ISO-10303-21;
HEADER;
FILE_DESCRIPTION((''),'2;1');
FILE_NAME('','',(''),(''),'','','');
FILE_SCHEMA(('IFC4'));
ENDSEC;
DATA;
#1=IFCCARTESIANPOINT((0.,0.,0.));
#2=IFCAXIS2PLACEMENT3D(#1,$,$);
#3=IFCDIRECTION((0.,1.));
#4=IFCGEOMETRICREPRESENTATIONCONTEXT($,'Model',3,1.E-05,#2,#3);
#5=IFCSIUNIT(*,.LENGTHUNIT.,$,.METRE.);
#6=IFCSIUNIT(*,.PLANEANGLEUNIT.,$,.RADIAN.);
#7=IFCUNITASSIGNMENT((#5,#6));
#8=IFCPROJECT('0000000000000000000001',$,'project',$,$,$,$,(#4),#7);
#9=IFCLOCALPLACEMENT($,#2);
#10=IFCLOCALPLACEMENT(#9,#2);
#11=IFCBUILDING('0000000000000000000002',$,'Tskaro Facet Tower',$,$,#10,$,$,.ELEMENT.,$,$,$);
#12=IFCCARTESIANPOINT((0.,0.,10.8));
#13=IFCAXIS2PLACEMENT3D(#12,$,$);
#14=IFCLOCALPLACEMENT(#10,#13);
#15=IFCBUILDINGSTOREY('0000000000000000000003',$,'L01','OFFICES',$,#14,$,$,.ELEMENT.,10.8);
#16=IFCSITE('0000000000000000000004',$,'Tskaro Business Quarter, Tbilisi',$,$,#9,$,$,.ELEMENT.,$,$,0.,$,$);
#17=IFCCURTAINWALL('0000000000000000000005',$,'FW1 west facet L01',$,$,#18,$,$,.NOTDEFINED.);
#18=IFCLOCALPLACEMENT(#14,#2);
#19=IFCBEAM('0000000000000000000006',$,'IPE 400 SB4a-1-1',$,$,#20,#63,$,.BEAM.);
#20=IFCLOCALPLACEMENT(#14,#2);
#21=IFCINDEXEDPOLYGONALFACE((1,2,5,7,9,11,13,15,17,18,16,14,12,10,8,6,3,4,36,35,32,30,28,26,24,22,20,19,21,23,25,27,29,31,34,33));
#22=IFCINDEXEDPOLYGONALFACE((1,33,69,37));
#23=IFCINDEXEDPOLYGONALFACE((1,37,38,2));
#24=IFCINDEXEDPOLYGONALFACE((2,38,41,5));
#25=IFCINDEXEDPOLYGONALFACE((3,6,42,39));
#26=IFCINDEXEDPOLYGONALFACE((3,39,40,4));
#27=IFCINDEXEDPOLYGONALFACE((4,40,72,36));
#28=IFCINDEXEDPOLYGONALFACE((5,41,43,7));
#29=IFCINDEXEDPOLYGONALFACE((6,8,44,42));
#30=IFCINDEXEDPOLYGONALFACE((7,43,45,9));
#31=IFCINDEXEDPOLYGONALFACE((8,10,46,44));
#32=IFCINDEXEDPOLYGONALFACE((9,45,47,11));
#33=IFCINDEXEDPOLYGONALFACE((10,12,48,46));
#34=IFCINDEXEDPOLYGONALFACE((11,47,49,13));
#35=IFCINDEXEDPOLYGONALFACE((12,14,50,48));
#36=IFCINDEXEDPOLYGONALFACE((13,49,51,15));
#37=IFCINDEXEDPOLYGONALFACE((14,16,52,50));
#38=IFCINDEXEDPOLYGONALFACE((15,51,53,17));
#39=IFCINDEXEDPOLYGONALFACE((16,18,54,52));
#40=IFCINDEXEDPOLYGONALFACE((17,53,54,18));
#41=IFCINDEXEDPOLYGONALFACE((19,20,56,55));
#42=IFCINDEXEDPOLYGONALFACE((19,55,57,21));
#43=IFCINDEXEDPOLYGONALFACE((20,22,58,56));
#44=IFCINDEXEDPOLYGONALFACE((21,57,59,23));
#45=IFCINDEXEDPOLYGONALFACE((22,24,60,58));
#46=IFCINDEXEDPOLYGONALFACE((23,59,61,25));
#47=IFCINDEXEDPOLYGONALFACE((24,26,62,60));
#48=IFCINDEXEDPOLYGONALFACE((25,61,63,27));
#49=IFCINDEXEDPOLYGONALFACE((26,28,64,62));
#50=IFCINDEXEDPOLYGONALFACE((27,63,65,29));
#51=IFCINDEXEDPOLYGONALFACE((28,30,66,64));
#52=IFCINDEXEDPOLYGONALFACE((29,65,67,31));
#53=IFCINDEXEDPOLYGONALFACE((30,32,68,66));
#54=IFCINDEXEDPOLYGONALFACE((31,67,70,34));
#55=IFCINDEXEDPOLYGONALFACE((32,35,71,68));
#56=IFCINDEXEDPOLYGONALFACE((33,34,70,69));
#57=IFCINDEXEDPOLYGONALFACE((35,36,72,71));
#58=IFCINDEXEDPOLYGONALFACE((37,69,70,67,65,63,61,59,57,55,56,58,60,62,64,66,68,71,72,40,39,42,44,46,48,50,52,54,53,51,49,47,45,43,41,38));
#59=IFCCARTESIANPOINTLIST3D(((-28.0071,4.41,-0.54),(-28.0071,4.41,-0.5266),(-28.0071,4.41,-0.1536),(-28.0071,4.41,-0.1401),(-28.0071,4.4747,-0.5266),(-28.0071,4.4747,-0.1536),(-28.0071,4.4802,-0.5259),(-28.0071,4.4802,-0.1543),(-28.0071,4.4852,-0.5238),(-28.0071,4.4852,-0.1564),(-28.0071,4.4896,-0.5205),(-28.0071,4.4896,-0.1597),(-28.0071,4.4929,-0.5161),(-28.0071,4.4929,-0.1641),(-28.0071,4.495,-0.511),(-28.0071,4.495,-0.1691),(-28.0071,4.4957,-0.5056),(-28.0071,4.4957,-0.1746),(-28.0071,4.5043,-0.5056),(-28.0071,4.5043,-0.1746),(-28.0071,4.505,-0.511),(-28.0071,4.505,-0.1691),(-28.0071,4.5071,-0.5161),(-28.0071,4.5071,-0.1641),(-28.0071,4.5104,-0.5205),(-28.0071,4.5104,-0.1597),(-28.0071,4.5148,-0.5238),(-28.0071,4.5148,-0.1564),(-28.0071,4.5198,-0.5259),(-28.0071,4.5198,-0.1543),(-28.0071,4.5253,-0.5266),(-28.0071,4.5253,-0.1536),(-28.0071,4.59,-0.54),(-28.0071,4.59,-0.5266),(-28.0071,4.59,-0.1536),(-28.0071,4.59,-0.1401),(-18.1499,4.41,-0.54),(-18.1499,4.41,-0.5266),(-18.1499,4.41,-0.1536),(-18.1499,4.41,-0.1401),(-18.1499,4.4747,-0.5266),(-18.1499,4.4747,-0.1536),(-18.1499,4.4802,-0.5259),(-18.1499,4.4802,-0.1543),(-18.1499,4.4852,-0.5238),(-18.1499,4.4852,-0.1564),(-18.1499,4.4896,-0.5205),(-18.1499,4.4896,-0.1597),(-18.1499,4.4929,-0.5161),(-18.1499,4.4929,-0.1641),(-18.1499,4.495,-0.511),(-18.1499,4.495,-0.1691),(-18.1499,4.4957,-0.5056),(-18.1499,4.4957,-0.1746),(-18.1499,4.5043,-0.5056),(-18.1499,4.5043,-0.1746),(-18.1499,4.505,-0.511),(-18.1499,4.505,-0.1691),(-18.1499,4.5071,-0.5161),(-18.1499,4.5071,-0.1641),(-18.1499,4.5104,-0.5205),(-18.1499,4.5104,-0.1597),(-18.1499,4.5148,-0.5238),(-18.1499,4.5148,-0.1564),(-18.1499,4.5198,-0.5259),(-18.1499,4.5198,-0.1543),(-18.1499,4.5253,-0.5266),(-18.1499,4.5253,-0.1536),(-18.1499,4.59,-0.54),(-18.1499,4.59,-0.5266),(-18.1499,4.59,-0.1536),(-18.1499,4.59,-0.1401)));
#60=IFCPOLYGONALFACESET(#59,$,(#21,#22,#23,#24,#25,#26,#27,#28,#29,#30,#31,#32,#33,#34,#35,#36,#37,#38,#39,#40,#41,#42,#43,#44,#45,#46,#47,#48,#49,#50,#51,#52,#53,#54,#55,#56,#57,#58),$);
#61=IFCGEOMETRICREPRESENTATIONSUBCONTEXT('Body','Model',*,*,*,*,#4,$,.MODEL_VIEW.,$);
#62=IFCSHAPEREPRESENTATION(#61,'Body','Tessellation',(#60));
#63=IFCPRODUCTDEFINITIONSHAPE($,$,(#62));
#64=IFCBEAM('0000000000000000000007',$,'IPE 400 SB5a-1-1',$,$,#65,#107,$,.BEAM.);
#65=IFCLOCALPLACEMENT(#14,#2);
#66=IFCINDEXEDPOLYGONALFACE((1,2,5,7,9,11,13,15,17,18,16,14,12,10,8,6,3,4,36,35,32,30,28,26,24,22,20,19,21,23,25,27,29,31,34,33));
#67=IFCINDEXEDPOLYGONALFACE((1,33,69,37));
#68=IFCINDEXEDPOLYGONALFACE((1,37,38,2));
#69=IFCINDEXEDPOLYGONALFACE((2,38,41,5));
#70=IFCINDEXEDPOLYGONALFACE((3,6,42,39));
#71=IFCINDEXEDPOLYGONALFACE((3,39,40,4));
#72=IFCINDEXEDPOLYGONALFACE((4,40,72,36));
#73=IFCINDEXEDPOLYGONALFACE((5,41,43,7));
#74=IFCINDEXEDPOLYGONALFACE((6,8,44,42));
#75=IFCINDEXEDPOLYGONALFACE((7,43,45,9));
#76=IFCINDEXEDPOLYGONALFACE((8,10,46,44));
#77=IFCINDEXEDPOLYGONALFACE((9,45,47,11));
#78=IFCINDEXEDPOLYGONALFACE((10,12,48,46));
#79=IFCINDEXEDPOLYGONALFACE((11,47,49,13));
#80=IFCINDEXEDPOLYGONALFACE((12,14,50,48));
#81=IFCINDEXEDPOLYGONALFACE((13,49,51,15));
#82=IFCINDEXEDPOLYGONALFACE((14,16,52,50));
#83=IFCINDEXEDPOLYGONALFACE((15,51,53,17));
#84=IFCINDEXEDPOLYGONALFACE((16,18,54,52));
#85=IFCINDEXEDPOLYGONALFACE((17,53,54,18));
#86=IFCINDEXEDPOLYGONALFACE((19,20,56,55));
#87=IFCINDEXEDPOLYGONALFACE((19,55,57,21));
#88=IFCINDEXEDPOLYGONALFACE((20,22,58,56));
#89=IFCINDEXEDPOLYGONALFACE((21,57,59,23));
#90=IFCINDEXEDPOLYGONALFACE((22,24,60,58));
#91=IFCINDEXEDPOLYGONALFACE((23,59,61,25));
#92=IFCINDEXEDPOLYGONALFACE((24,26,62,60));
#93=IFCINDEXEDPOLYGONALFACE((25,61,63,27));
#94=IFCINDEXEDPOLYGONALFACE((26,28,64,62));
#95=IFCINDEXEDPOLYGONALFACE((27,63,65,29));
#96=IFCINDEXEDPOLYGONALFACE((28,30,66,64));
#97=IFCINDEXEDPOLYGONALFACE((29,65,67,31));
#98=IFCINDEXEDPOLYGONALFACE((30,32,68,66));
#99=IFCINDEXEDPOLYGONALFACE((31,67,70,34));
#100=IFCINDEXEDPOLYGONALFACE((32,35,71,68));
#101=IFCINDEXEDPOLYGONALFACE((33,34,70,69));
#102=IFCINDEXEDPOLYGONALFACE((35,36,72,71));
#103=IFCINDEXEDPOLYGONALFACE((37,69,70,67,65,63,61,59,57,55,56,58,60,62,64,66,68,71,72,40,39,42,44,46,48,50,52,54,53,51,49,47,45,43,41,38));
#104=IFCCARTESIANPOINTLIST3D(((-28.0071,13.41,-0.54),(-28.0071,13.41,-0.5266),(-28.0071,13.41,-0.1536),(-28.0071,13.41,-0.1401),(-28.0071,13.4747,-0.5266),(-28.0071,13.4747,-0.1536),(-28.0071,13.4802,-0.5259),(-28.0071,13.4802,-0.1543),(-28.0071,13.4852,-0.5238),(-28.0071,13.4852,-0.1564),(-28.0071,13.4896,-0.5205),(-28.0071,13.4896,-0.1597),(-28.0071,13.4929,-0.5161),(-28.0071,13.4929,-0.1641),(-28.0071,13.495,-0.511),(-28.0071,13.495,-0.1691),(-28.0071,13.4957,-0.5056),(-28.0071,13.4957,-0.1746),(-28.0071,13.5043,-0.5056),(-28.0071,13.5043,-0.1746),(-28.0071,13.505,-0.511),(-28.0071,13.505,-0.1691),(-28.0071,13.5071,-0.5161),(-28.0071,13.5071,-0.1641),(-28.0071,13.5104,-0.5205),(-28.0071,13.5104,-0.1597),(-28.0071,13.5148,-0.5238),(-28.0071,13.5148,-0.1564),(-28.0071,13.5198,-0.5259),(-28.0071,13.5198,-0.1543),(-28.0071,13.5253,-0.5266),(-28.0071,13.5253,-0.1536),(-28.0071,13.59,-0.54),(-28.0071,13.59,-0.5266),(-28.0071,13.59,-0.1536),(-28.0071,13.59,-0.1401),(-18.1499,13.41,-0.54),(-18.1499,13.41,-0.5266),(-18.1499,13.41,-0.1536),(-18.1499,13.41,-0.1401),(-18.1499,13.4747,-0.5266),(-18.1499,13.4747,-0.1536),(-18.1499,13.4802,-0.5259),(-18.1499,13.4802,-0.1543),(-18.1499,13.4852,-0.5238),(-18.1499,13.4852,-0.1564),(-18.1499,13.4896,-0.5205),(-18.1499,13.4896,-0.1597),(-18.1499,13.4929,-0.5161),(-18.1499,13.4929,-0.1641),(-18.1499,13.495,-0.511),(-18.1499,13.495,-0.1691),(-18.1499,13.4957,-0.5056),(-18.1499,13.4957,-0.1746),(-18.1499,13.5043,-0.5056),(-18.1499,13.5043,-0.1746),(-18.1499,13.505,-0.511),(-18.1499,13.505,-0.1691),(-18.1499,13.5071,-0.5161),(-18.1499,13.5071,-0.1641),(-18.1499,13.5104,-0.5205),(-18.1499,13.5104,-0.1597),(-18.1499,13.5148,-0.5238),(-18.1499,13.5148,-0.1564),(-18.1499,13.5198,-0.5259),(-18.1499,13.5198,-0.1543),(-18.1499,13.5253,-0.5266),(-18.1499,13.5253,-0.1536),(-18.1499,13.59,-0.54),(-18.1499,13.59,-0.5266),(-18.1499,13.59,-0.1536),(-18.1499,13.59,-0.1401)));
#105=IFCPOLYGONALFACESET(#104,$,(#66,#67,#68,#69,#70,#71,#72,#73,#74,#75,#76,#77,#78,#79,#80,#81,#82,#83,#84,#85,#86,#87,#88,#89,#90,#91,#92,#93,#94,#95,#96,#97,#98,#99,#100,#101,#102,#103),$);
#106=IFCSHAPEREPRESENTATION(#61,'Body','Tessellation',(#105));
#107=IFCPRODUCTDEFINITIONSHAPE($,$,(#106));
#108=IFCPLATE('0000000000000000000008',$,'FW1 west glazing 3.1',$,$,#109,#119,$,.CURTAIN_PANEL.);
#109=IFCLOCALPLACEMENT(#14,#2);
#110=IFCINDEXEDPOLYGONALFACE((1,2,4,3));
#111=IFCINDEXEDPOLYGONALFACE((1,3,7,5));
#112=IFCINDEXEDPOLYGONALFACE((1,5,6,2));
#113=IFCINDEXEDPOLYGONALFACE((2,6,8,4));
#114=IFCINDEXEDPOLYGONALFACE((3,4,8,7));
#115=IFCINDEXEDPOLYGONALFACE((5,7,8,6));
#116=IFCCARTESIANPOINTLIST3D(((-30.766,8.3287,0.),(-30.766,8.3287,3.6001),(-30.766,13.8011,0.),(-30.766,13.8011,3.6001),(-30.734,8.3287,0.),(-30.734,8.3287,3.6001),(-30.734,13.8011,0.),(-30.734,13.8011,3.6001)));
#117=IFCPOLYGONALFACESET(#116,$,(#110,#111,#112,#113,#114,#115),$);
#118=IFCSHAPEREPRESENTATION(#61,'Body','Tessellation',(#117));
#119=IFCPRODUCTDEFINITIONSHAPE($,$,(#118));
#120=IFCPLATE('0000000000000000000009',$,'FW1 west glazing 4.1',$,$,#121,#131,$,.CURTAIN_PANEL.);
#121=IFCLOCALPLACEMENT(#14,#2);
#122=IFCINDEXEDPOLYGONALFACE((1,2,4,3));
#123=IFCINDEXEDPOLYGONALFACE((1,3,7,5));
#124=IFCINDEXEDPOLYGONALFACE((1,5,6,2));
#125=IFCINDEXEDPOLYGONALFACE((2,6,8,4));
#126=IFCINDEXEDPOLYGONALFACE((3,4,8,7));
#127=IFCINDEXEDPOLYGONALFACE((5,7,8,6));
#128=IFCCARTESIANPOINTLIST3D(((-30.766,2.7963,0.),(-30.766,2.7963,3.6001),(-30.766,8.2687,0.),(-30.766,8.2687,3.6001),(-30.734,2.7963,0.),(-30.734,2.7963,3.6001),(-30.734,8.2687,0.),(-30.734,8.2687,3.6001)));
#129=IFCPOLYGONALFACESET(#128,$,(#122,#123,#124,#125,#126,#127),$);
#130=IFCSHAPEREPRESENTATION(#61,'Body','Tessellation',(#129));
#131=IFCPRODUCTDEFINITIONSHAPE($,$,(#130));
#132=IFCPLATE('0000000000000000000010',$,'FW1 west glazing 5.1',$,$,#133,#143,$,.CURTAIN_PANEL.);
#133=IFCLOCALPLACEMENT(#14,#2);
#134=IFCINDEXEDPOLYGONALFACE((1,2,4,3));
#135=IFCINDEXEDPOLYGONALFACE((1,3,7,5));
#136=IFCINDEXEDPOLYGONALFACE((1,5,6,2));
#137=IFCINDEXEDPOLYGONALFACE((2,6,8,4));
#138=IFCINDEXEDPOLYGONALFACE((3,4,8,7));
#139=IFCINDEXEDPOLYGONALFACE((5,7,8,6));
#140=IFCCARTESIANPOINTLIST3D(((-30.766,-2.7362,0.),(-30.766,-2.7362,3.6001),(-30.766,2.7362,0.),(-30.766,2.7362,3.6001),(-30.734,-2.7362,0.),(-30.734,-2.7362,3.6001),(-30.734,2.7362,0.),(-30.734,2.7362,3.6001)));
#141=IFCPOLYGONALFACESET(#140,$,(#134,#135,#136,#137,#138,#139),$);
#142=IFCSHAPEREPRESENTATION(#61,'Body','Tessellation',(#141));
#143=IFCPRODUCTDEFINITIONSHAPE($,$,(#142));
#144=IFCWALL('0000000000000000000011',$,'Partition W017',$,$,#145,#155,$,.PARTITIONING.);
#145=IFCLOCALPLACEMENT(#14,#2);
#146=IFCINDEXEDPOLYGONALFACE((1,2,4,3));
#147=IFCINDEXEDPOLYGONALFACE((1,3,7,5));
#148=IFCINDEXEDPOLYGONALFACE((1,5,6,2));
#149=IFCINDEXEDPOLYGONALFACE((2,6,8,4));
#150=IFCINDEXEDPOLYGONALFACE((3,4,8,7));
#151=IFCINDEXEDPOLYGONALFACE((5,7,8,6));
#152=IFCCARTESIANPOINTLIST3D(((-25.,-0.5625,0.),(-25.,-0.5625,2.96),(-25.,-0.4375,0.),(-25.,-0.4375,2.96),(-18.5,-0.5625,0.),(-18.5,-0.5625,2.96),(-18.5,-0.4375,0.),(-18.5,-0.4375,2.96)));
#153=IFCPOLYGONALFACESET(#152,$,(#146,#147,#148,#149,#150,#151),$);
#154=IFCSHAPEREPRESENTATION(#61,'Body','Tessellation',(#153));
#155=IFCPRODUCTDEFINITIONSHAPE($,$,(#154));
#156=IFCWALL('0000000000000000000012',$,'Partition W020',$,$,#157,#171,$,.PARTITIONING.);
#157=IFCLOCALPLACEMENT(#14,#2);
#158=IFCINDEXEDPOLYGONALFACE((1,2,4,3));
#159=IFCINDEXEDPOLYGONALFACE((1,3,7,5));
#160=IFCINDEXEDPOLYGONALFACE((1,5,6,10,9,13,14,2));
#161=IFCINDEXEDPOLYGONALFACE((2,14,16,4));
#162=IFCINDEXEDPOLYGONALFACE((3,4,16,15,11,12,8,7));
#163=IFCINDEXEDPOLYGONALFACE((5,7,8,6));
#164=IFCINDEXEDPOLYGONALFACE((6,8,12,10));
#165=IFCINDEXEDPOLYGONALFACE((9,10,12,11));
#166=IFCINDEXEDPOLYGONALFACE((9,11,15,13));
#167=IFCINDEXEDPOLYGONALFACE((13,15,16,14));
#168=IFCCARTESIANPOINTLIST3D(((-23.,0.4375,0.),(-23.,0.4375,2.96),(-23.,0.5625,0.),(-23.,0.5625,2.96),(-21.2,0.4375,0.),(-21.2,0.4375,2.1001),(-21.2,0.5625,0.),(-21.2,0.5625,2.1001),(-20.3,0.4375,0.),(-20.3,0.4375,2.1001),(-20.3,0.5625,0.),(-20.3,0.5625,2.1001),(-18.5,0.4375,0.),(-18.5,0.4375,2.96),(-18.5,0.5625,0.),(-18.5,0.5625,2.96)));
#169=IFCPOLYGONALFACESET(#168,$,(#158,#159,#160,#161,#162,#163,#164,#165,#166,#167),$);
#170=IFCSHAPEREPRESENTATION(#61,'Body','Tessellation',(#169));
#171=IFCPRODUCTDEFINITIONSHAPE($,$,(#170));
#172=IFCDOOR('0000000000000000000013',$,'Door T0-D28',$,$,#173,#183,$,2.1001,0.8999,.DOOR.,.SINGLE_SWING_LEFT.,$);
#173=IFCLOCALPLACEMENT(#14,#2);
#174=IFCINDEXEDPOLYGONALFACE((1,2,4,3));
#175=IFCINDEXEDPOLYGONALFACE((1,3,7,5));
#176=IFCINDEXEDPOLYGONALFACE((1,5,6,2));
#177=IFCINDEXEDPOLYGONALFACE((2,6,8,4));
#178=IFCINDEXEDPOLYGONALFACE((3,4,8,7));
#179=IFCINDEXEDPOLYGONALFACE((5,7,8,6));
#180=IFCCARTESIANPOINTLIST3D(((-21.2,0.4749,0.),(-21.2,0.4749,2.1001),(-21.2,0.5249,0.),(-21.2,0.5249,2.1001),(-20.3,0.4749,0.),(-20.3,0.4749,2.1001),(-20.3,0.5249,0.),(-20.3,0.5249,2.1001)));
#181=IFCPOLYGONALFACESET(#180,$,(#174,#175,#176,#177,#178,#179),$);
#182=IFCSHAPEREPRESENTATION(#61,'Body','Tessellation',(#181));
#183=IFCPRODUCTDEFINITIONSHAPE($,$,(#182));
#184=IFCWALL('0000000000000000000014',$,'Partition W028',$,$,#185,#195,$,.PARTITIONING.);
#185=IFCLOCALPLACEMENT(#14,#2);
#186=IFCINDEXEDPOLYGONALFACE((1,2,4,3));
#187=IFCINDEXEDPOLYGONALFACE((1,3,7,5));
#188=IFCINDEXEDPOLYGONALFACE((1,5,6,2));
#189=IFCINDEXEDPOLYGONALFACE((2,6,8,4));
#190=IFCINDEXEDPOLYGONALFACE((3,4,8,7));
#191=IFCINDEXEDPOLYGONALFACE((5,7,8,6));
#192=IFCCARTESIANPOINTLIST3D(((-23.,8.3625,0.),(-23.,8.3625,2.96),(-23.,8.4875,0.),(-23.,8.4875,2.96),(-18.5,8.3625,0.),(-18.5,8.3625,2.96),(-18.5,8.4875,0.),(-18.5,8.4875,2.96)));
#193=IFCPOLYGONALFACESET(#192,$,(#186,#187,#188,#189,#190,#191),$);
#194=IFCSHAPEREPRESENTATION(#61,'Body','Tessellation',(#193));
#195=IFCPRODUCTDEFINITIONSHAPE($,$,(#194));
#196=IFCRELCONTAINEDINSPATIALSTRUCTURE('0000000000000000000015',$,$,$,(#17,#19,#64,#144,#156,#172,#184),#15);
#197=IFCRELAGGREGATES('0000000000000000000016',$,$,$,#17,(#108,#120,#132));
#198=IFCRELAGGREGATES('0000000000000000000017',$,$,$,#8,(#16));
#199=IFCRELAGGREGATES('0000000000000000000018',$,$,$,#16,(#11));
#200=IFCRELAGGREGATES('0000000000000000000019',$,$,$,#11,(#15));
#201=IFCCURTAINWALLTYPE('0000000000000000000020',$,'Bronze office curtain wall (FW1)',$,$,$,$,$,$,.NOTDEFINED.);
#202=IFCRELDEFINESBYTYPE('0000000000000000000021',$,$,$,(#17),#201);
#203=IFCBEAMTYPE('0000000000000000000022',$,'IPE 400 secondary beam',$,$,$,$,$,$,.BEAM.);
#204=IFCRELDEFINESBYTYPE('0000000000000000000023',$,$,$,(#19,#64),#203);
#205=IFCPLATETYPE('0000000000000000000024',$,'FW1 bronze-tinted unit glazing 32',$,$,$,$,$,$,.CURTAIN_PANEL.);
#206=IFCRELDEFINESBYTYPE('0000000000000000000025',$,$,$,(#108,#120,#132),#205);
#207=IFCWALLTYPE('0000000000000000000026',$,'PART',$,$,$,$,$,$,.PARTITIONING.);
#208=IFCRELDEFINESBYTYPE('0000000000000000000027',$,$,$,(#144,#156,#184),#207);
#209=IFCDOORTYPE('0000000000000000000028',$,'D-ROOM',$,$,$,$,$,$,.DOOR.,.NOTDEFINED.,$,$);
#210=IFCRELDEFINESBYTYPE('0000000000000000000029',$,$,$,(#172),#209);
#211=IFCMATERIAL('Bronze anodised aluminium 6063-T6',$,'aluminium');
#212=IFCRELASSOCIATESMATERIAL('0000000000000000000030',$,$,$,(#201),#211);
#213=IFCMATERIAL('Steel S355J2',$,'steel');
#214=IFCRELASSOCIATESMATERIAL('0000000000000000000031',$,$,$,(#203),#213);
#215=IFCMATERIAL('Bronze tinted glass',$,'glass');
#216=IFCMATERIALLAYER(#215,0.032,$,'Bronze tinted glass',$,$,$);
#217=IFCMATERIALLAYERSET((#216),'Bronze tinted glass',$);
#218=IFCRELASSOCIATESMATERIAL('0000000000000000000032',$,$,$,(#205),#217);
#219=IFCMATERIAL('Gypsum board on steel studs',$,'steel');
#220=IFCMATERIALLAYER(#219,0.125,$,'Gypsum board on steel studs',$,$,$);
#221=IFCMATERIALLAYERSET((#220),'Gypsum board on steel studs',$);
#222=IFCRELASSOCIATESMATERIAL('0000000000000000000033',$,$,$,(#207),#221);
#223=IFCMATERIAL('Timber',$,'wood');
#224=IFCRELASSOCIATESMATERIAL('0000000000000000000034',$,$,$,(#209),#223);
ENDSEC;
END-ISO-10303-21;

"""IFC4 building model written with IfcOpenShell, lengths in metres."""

from ifc_helpers import new_model, si_unit, direction, frame, frame_2d, origin, origin_2d, place, context, subcontext, project, spatial, rectangle, i_section, extrude, material, layer, layer_set, material_profile, profile_set, type_object, element, fill, aggregate, save


model = new_model("IFC4")

# Units and contexts
model_context = context("Model", 3, precision=1e-05, world=origin(), true_north=direction((0.0, 1.0)))
body_context = subcontext(model_context, "Body", "Model", "MODEL_VIEW")
ifc_project = project(units=[si_unit("LENGTHUNIT", "METRE"), si_unit("PLANEANGLEUNIT", "RADIAN")], contexts=[model_context])

# Site, building, storey
site_placement = place(None, origin())
site = spatial("IfcSite", under=ifc_project, at=site_placement, Name="Tskaro Business Quarter, Tbilisi", CompositionType="ELEMENT", RefElevation=0.0)
building_placement = place(site_placement, origin())
building = spatial("IfcBuilding", under=site, at=building_placement, Name="Tskaro Facet Tower", CompositionType="ELEMENT")
storey_placement = place(building_placement, frame((0.0, 0.0, 10.8)))
storey = spatial("IfcBuildingStorey", under=building, at=storey_placement, Name="L01", Description="OFFICES", CompositionType="ELEMENT", Elevation=10.8)

# Curtain wall
ifc_material_1 = material(Name="Bronze anodised aluminium 6063-T6", Category="aluminium")
curtain_wall_type = type_object("IfcCurtainWallType", Name="Bronze office curtain wall (FW1)", PredefinedType="NOTDEFINED", material=ifc_material_1)
curtain_wall_placement = place(storey_placement, origin())
curtain_wall = element("IfcCurtainWall", 1, at=curtain_wall_placement, inside=storey, type_object=curtain_wall_type, Name="FW1 west facet L01", PredefinedType="NOTDEFINED")

# Beams
ifc_material_2 = material(Name="Steel S355J2", Category="steel")
ifc_material_profile_1 = material_profile(ifc_material_2, i_section(OverallWidth=0.1799, OverallDepth=0.3999, WebThickness=0.0085, FlangeThickness=0.0134, FilletRadius=0.021, at=origin_2d()), Name="IPE 400")
ifc_profile_set_1 = profile_set([ifc_material_profile_1], Name="Steel S355J2")
beam_type_1 = type_object("IfcBeamType", Name="IPE 400 secondary beam", PredefinedType="BEAM", material=ifc_profile_set_1)
for number, where, z_axis, x_axis, name in (
    (2, (-28.0071, 4.5, -0.3401), (1.0, 0.0, 0.0), (0.0, 1.0, 0.0), "IPE 400 SB4a-1-1"),
    (3, (-28.0071, 13.5, -0.3401), (1.0, 0.0, 0.0), (0.0, 1.0, 0.0), "IPE 400 SB5a-1-1"),
):
    element("IfcBeam", number, at=place(storey_placement, frame(where, z_axis=z_axis, x_axis=x_axis)), inside=storey, type_object=beam_type_1, Name=name, PredefinedType="BEAM", context=body_context, shape_type="SweptSolid", body=[
        extrude(i_section(OverallWidth=0.1799, OverallDepth=0.3999, WebThickness=0.0085, FlangeThickness=0.0134, FilletRadius=0.021, at=origin_2d()), origin(), (0.0, 0.0, 1.0), 9.8572),
    ])

# Plates
ifc_material_3 = material(Name="Bronze tinted glass", Category="glass")
ifc_layer_1 = layer(ifc_material_3, 0.032, Name="Bronze tinted glass")
ifc_layer_set_1 = layer_set([ifc_layer_1], Name="Bronze tinted glass")
plate_type = type_object("IfcPlateType", Name="FW1 bronze-tinted unit glazing 32", PredefinedType="CURTAIN_PANEL", material=ifc_layer_set_1)
plate_1_placement = place(storey_placement, frame((-30.75, 11.0649, 0.0), z_axis=(0.0, 0.0, 1.0), x_axis=(0.0, -1.0, 0.0)))
plate_1 = element("IfcPlate", 4, at=plate_1_placement, type_object=plate_type, Name="FW1 west glazing 3.1", PredefinedType="CURTAIN_PANEL", context=body_context, shape_type="SweptSolid", body=[
    extrude(rectangle(XDim=5.4724, YDim=0.032, at=origin_2d()), origin(), (0.0, 0.0, 1.0), 3.6001),
])
plate_2_placement = place(storey_placement, frame((-30.75, 5.5325, 0.0), z_axis=(0.0, 0.0, 1.0), x_axis=(0.0, -1.0, 0.0)))
plate_2 = element("IfcPlate", 5, at=plate_2_placement, type_object=plate_type, Name="FW1 west glazing 4.1", PredefinedType="CURTAIN_PANEL", context=body_context, shape_type="SweptSolid", body=[
    extrude(rectangle(XDim=5.4724, YDim=0.032, at=origin_2d()), origin(), (0.0, 0.0, 1.0), 3.6001),
])
plate_3_placement = place(storey_placement, frame((-30.75, 0.0, 0.0), z_axis=(0.0, 0.0, 1.0), x_axis=(0.0, -1.0, 0.0)))
plate_3 = element("IfcPlate", 6, at=plate_3_placement, type_object=plate_type, Name="FW1 west glazing 5.1", PredefinedType="CURTAIN_PANEL", context=body_context, shape_type="SweptSolid", body=[
    extrude(rectangle(XDim=5.4724, YDim=0.032, at=origin_2d()), origin(), (0.0, 0.0, 1.0), 3.6001),
])
aggregate(curtain_wall, [plate_1, plate_2, plate_3])

# Wall
ifc_material_4 = material(Name="Gypsum board on steel studs", Category="steel")
ifc_layer_2 = layer(ifc_material_4, 0.125, Name="Gypsum board on steel studs")
ifc_layer_set_2 = layer_set([ifc_layer_2], Name="Gypsum board on steel studs")
wall_type = type_object("IfcWallType", Name="PART", PredefinedType="PARTITIONING", material=ifc_layer_set_2)
wall_1_placement = place(storey_placement, frame((-25.0, -0.5, 0.0), z_axis=(0.0, 0.0, 1.0), x_axis=(1.0, 0.0, 0.0)))
element("IfcWall", 7, at=wall_1_placement, inside=storey, type_object=wall_type, Name="Partition W017", PredefinedType="PARTITIONING", context=body_context, shape_type="SweptSolid", body=[
    extrude(rectangle(XDim=6.5, YDim=0.125, at=frame_2d((3.25, 0.0))), origin(), (0.0, 0.0, 1.0), 2.96),
])

# Wall, opening, door
wall_2_placement = place(storey_placement, frame((-23.0, 0.5, 0.0), z_axis=(0.0, 0.0, 1.0), x_axis=(1.0, 0.0, 0.0)))
wall_2 = element("IfcWall", 8, at=wall_2_placement, inside=storey, type_object=wall_type, Name="Partition W020", PredefinedType="PARTITIONING", context=body_context, shape_type="SweptSolid", body=[
    extrude(rectangle(XDim=4.5, YDim=0.125, at=frame_2d((2.25, 0.0))), origin(), (0.0, 0.0, 1.0), 2.96),
])
opening_placement = place(wall_2_placement, frame((1.8, 0.0, 0.0)))
opening = element("IfcOpeningElement", 9, at=opening_placement, cuts=wall_2, PredefinedType="OPENING", context=body_context, shape_type="SweptSolid", body=[
    extrude(rectangle(XDim=0.8999, YDim=2.1001, at=frame_2d((0.45, 1.05))), frame((0.0, 0.0725, 0.0), z_axis=(0.0, -1.0, 0.0), x_axis=(1.0, 0.0, 0.0)), (0.0, 0.0, 1.0), 0.145),
])
ifc_material_5 = material(Name="Timber", Category="wood")
door_type = type_object("IfcDoorType", Name="D-ROOM", OperationType="NOTDEFINED", PredefinedType="DOOR", material=ifc_material_5)
door_placement = place(opening_placement, origin())
door = element("IfcDoor", 10, at=door_placement, inside=storey, type_object=door_type, Name="Door T0-D28", OperationType="SINGLE_SWING_LEFT", OverallHeight=2.1001, OverallWidth=0.8999, PredefinedType="DOOR", context=body_context, shape_type="SweptSolid", body=[
    extrude(rectangle(XDim=0.8999, YDim=2.1001, at=frame_2d((0.45, 1.05))), frame((0.0, 0.0249, 0.0), z_axis=(0.0, -1.0, 0.0), x_axis=(1.0, 0.0, 0.0)), (0.0, 0.0, 1.0), 0.05),
])
fill(opening, door)

# Wall
wall_3_placement = place(storey_placement, frame((-23.0, 8.425, 0.0), z_axis=(0.0, 0.0, 1.0), x_axis=(1.0, 0.0, 0.0)))
element("IfcWall", 11, at=wall_3_placement, inside=storey, type_object=wall_type, Name="Partition W028", PredefinedType="PARTITIONING", context=body_context, shape_type="SweptSolid", body=[
    extrude(rectangle(XDim=4.5, YDim=0.125, at=frame_2d((2.25, 0.0))), origin(), (0.0, 0.0, 1.0), 2.96),
])

save(model, "model.ifc")
